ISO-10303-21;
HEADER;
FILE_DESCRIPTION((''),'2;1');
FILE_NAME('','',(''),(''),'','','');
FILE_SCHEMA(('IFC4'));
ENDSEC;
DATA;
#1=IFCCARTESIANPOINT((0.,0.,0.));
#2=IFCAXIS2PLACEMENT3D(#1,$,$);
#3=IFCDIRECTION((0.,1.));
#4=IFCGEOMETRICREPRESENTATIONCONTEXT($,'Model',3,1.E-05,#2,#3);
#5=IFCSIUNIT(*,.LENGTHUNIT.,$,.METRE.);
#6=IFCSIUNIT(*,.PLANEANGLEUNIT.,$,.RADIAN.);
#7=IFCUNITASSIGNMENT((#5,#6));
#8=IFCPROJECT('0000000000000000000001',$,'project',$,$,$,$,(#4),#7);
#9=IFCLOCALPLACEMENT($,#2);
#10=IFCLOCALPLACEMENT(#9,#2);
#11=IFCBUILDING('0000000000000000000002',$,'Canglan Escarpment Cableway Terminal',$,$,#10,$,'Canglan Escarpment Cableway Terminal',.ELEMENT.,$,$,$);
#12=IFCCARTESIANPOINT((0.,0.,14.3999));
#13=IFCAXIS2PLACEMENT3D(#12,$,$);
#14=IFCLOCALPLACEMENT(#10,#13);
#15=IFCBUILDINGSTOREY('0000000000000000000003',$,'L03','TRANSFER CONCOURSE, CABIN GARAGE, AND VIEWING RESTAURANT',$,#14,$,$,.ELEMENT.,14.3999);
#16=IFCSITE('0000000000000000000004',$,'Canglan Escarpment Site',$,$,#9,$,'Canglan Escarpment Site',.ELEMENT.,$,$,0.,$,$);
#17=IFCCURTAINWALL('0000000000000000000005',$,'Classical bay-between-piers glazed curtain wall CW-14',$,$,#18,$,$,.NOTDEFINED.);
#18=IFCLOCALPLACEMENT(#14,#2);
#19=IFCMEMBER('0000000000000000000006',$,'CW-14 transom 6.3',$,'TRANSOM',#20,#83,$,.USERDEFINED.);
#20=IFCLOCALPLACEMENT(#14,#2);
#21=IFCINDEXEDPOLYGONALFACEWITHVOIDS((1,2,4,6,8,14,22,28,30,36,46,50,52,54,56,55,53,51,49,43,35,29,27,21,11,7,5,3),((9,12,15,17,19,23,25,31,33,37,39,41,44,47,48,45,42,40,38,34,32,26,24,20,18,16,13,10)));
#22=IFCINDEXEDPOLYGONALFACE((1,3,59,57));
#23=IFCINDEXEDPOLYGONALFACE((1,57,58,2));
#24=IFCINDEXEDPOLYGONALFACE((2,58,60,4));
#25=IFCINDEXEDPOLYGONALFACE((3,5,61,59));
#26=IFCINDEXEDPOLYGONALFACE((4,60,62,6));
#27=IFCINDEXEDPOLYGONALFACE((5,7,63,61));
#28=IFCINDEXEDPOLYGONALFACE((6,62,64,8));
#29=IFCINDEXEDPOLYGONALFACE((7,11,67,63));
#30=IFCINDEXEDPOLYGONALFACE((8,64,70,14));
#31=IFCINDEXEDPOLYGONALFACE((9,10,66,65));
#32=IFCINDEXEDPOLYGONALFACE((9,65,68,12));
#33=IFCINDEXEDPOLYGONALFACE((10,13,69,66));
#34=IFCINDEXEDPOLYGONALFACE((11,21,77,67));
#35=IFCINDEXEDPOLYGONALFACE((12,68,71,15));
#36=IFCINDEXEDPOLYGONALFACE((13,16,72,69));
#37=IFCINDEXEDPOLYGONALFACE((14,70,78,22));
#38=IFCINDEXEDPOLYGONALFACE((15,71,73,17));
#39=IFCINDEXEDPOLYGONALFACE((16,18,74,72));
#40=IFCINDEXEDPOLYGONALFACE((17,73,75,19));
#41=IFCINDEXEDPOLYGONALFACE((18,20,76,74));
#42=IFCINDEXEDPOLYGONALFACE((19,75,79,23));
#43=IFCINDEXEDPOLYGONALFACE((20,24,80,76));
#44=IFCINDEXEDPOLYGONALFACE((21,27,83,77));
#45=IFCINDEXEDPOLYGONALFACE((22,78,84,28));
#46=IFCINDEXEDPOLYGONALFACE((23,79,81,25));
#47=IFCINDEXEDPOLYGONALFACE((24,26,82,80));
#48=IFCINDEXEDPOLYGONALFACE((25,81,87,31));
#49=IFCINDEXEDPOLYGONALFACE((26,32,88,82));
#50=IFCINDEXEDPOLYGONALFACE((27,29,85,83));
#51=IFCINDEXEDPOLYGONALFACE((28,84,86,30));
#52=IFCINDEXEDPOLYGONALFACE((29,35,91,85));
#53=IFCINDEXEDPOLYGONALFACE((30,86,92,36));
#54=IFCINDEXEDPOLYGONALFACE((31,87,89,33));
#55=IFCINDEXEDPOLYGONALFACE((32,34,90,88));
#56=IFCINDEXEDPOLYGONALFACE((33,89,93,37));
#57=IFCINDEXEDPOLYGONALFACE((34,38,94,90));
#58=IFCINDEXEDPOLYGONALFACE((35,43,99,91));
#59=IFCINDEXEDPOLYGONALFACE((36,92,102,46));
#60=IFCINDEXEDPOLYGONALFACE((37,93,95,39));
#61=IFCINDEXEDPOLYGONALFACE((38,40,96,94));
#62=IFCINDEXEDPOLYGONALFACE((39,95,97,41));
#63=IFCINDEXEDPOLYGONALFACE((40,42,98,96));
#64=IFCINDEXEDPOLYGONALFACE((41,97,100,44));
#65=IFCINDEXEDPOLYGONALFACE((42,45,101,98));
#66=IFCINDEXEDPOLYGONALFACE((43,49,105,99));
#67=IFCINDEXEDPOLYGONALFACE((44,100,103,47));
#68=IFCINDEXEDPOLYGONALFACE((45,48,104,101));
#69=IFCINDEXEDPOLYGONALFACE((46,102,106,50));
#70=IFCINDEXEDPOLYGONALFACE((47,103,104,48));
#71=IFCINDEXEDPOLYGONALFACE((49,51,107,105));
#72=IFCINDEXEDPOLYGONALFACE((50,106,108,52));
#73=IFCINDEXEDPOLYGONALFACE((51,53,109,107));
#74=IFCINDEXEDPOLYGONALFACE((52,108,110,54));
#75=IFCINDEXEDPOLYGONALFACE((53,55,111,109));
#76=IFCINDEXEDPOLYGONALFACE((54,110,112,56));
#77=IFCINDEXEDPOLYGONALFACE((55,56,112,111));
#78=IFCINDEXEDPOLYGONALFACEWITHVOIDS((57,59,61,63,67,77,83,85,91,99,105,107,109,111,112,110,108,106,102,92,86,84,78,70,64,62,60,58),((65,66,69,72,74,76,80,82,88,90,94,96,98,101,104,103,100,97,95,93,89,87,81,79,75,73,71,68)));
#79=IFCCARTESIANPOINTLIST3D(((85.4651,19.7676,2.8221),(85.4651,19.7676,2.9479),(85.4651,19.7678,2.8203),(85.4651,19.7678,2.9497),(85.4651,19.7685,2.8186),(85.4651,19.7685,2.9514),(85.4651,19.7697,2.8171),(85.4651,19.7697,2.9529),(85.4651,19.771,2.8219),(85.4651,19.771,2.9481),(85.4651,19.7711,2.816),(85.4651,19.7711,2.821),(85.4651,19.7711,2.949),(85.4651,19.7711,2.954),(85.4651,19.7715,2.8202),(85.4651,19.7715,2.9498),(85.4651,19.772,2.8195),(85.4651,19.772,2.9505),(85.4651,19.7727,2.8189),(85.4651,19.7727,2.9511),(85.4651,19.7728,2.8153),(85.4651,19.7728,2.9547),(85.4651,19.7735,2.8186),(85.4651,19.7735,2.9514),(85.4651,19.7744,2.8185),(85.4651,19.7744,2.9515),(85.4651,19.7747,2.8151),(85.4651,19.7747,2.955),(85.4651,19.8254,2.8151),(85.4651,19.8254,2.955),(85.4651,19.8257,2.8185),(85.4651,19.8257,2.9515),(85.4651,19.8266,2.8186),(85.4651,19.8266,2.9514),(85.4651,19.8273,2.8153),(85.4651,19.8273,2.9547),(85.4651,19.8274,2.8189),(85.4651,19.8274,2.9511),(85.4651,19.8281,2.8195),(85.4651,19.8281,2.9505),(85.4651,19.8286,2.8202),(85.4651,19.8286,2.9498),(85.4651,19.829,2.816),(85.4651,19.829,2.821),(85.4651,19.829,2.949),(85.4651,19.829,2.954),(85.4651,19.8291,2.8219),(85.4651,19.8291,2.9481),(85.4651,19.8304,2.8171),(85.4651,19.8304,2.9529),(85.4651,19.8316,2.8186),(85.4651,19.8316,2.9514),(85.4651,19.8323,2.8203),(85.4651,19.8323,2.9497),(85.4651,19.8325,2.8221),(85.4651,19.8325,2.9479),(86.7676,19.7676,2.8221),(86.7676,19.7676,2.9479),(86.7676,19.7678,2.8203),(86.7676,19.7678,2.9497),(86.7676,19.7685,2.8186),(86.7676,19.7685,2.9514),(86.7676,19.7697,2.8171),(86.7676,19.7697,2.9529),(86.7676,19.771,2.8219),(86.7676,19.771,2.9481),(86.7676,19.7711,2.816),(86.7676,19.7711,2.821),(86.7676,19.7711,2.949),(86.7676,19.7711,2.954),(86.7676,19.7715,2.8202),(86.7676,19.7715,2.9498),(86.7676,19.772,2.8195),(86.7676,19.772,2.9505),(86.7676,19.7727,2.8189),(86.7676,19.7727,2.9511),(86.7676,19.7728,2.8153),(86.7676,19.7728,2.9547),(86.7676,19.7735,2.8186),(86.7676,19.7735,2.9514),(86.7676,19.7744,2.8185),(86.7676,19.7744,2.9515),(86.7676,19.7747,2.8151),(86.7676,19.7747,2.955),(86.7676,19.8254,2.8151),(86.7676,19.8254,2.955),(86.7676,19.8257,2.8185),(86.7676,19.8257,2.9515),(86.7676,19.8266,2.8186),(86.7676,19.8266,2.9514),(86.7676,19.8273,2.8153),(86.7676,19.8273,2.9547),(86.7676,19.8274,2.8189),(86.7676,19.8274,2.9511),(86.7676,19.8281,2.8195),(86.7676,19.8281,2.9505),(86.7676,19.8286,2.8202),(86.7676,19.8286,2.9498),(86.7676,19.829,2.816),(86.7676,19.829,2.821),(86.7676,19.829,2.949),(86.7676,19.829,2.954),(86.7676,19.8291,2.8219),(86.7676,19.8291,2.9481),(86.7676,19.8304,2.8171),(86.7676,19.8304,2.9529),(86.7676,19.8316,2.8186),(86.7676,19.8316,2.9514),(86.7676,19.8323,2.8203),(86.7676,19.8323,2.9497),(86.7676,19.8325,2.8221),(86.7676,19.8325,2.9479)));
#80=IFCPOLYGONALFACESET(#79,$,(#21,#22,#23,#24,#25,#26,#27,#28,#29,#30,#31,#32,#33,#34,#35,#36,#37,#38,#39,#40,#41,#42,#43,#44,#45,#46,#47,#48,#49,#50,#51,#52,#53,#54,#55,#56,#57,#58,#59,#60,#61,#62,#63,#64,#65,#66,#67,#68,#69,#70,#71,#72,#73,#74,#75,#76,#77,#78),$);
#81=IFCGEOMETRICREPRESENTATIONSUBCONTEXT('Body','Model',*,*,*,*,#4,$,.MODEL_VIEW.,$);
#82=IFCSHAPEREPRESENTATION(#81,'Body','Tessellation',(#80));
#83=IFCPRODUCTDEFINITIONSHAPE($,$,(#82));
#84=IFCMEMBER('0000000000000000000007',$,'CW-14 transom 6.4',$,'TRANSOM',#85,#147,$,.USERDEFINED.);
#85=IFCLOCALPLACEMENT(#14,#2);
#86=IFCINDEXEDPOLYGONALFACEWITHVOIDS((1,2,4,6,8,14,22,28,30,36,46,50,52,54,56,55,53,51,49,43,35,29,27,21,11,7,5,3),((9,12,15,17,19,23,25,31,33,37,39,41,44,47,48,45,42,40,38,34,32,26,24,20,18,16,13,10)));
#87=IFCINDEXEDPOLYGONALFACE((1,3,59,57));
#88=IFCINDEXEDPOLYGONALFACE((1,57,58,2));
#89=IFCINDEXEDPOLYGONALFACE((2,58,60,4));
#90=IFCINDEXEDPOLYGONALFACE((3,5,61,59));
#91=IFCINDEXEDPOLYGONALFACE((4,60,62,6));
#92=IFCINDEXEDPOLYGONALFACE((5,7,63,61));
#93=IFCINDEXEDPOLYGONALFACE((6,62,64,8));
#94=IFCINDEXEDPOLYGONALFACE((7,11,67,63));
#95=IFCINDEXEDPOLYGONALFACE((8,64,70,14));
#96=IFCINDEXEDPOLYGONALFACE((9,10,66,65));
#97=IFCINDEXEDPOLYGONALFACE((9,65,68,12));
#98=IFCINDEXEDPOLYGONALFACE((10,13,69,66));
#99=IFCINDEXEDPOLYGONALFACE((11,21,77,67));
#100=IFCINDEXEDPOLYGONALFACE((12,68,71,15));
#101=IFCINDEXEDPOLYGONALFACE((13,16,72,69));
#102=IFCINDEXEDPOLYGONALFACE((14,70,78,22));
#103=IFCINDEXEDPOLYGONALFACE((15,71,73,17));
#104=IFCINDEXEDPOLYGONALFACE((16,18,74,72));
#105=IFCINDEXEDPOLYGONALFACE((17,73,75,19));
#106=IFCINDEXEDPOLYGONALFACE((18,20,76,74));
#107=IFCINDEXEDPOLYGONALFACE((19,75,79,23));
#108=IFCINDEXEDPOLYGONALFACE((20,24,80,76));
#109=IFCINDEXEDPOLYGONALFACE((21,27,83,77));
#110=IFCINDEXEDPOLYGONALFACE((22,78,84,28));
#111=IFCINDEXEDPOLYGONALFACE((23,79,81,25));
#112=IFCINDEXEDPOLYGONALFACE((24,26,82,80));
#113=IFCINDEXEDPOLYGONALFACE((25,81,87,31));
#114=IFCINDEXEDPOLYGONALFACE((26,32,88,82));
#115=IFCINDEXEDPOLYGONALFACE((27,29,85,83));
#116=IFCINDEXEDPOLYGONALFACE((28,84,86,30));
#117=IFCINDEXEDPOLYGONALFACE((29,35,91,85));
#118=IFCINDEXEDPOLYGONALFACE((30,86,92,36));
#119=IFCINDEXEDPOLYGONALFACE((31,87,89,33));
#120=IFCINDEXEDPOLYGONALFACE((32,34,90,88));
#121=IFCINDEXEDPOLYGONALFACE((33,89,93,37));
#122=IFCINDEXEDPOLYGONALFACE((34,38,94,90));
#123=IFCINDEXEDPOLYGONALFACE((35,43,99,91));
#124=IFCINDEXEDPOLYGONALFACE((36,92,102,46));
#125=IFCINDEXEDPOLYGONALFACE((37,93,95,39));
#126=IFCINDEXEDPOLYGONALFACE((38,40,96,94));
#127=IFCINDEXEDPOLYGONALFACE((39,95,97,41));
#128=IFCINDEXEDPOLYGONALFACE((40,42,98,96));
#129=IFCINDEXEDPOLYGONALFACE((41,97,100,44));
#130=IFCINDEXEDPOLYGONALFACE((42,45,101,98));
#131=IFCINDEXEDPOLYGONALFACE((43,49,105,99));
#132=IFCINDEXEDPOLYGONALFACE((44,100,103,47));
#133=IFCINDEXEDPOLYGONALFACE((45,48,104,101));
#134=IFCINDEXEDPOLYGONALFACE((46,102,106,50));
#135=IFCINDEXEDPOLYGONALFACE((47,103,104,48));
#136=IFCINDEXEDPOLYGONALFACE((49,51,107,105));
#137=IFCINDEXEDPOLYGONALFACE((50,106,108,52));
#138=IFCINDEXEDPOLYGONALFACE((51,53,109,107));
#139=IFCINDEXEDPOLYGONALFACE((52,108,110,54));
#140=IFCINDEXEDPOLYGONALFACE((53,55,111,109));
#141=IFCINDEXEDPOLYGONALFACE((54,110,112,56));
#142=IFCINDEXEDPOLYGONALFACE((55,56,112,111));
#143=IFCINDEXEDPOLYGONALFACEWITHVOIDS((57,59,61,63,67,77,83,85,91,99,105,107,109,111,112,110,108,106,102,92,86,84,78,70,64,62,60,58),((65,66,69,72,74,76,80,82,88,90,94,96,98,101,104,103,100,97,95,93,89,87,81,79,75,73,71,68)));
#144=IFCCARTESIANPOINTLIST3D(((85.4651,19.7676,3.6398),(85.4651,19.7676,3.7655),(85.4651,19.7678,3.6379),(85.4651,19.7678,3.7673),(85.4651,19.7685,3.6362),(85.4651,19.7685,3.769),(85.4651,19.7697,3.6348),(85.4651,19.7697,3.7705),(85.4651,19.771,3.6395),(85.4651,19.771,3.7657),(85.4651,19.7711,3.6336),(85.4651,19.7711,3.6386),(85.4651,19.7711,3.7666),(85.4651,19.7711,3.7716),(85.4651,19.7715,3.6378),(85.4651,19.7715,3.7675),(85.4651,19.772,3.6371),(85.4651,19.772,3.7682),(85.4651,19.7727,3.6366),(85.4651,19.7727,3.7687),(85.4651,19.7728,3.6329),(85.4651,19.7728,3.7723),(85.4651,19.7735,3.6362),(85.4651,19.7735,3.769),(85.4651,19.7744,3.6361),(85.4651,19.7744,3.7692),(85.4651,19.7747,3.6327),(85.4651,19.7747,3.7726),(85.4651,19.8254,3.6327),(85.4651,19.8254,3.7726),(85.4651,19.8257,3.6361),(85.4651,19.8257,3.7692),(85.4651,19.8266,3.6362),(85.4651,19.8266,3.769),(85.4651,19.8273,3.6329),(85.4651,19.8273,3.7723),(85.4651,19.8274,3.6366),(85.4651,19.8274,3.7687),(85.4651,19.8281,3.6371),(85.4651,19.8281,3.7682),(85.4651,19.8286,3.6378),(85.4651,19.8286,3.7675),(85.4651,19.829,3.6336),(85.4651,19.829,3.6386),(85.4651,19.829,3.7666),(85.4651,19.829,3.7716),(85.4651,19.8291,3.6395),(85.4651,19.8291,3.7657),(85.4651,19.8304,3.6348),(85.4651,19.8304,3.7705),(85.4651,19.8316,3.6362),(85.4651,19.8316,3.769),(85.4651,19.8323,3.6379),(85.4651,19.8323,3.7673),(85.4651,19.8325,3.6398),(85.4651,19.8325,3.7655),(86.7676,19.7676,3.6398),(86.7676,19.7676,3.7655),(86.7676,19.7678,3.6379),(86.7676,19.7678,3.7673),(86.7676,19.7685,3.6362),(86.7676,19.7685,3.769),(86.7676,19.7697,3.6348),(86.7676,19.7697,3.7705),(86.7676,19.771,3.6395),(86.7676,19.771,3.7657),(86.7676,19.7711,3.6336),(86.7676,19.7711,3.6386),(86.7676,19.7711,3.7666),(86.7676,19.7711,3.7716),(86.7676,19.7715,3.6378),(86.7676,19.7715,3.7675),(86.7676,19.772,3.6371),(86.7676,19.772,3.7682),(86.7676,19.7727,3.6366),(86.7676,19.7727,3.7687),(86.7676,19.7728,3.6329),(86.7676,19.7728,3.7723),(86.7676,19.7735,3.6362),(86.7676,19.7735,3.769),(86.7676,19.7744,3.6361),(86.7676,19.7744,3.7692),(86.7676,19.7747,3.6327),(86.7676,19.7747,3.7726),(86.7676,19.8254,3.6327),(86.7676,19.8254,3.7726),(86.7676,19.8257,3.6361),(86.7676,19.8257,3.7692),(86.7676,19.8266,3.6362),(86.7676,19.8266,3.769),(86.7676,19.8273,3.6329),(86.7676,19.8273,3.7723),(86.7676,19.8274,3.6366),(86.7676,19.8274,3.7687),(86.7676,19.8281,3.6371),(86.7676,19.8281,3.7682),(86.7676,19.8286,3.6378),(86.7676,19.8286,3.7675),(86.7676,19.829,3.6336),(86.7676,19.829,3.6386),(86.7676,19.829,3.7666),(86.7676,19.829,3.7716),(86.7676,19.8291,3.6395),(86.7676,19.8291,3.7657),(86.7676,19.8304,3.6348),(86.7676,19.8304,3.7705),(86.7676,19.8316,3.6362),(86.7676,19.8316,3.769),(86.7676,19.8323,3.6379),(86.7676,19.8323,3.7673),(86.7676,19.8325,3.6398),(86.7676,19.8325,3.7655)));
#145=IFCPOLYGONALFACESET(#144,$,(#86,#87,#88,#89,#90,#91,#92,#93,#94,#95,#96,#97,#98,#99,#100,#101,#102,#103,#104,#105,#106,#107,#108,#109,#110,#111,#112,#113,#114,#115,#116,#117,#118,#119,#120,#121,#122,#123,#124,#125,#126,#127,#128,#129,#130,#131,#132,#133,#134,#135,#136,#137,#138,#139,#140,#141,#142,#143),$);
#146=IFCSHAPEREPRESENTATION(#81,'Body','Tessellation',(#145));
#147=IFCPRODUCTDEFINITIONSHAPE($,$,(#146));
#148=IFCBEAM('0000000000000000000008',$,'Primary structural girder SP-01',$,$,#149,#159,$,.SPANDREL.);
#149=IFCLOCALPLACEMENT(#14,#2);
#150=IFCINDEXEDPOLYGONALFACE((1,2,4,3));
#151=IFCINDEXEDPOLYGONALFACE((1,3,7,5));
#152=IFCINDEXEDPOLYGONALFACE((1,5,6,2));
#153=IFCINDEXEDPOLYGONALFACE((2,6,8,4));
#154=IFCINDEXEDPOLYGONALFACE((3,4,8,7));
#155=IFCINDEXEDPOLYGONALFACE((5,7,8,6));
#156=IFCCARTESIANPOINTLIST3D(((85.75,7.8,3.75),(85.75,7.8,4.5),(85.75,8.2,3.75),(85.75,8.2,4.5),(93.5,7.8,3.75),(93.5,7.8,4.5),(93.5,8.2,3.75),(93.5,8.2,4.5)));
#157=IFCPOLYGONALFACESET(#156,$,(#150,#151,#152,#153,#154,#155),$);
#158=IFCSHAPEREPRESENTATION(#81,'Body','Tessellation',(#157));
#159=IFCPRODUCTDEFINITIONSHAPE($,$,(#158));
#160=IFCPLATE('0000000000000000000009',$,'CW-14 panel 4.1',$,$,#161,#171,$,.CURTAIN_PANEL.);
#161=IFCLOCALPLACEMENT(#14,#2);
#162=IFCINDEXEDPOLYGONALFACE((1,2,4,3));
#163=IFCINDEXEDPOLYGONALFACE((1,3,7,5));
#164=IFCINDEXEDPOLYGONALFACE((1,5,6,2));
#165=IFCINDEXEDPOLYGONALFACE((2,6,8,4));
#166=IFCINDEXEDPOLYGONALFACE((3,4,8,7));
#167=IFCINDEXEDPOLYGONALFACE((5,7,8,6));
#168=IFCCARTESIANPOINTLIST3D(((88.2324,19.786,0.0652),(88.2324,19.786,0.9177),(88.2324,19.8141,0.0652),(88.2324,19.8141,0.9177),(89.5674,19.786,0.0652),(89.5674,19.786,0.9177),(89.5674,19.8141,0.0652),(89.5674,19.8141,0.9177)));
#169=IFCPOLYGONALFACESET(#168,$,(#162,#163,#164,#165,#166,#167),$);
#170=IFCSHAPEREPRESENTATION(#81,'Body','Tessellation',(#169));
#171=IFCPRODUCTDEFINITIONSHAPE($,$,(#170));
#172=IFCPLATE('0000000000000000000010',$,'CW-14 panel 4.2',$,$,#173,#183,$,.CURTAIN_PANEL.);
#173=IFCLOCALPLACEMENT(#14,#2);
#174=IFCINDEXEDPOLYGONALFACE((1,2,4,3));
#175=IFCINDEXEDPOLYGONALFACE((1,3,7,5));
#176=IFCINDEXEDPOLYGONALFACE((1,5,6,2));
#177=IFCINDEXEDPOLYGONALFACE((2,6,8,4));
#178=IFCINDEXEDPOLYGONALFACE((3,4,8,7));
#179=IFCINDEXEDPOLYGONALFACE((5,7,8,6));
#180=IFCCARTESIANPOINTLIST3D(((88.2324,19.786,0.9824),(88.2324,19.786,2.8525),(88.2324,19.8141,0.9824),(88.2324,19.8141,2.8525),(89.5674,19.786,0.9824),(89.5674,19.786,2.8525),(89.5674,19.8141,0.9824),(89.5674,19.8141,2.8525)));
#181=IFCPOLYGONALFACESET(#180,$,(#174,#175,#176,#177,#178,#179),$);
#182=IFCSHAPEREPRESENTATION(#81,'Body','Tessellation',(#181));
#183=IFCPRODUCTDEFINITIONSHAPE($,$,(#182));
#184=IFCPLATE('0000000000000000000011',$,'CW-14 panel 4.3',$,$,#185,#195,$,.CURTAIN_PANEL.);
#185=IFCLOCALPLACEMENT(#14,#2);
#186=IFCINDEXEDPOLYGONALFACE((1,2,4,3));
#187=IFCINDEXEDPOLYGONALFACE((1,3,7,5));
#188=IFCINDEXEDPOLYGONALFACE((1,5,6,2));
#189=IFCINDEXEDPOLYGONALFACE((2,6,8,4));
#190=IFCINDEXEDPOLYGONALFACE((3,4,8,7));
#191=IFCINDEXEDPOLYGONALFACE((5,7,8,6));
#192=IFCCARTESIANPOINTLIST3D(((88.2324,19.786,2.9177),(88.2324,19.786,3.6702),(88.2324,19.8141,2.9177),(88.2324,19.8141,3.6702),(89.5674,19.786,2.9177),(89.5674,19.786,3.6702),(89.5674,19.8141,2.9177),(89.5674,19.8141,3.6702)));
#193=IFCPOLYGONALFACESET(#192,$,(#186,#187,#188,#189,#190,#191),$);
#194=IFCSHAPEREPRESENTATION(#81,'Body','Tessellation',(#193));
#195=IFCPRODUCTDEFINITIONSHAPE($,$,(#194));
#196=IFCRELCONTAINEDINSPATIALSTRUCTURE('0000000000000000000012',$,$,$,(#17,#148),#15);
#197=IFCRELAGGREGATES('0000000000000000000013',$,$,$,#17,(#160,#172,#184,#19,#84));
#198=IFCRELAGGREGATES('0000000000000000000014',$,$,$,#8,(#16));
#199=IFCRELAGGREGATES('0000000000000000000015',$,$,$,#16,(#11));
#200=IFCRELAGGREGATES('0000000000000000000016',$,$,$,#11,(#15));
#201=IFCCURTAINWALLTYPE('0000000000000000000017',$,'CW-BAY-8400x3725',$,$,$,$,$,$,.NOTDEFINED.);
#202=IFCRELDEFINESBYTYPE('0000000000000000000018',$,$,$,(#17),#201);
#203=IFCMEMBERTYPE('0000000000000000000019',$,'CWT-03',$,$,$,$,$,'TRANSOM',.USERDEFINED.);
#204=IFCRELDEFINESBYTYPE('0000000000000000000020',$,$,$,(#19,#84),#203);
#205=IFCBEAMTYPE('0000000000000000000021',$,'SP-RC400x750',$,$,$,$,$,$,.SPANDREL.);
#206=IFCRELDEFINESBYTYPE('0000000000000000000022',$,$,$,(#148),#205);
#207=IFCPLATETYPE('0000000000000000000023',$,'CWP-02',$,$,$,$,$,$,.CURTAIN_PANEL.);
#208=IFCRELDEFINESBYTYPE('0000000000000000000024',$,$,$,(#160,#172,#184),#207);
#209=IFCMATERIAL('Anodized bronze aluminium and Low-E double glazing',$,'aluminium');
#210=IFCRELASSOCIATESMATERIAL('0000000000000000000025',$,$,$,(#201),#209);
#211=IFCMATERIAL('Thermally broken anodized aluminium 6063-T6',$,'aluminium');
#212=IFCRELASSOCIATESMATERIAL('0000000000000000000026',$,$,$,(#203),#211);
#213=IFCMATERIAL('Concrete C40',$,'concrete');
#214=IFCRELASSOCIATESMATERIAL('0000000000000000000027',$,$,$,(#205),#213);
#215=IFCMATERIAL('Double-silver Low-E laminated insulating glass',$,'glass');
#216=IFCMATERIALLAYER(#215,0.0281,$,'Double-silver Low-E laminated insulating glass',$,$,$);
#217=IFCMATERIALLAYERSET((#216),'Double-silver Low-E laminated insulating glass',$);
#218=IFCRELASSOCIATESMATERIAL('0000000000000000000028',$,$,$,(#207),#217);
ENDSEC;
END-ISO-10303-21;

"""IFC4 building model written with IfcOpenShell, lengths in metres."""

from ifc_helpers import new_model, si_unit, direction, frame, origin, origin_2d, place, context, subcontext, project, spatial, rectangle, hollow_rectangle, extrude, material, layer, layer_set, material_profile, profile_set, type_object, element, aggregate, save


model = new_model("IFC4")

# Units and contexts
model_context = context("Model", 3, precision=1e-05, world=origin(), true_north=direction((0.0, 1.0)))
body_context = subcontext(model_context, "Body", "Model", "MODEL_VIEW")
ifc_project = project(units=[si_unit("LENGTHUNIT", "METRE"), si_unit("PLANEANGLEUNIT", "RADIAN")], contexts=[model_context])

# Site, building, storey
site_placement = place(None, origin())
site = spatial("IfcSite", under=ifc_project, at=site_placement, Name="Canglan Escarpment Site", LongName="Canglan Escarpment Site", CompositionType="ELEMENT", RefElevation=0.0)
building_placement = place(site_placement, origin())
building = spatial("IfcBuilding", under=site, at=building_placement, Name="Canglan Escarpment Cableway Terminal", LongName="Canglan Escarpment Cableway Terminal", CompositionType="ELEMENT")
storey_placement = place(building_placement, frame((0.0, 0.0, 14.3999)))
storey = spatial("IfcBuildingStorey", under=building, at=storey_placement, Name="L03", Description="TRANSFER CONCOURSE, CABIN GARAGE, AND VIEWING RESTAURANT", CompositionType="ELEMENT", Elevation=14.3999)

# Shared definitions
ifc_material_1 = material(Name="Concrete C40", Category="concrete")

# Curtain wall, members
ifc_material_2 = material(Name="Anodized bronze aluminium and Low-E double glazing", Category="aluminium")
curtain_wall_type = type_object("IfcCurtainWallType", Name="CW-BAY-8400x3725", PredefinedType="NOTDEFINED", material=ifc_material_2)
curtain_wall_placement = place(storey_placement, origin())
curtain_wall = element("IfcCurtainWall", 1, at=curtain_wall_placement, inside=storey, type_object=curtain_wall_type, Name="Classical bay-between-piers glazed curtain wall CW-14", PredefinedType="NOTDEFINED")
ifc_material_3 = material(Name="Thermally broken anodized aluminium 6063-T6", Category="aluminium")
ifc_material_profile_1 = material_profile(ifc_material_3, hollow_rectangle(XDim=0.0649, YDim=0.1399, WallThickness=0.0034, InnerFilletRadius=0.0034, OuterFilletRadius=0.0071, at=origin_2d()), Name="ALU-TRAN 65x140x3.5")
ifc_profile_set_1 = profile_set([ifc_material_profile_1], Name="Thermally broken anodized aluminium 6063-T6")
member_type_1 = type_object("IfcMemberType", Name="CWT-03", ElementType="TRANSOM", PredefinedType="USERDEFINED", material=ifc_profile_set_1)
member_1_placement = place(storey_placement, frame((86.7676, 19.8, 2.885), z_axis=(-1.0, 0.0, 0.0), x_axis=(0.0, -1.0, 0.0)))
member_1 = element("IfcMember", 2, at=member_1_placement, type_object=member_type_1, Name="CW-14 transom 6.3", ObjectType="TRANSOM", PredefinedType="USERDEFINED", context=body_context, shape_type="SweptSolid", body=[
    extrude(hollow_rectangle(XDim=0.0649, YDim=0.1399, WallThickness=0.0034, InnerFilletRadius=0.0034, OuterFilletRadius=0.0071, at=origin_2d()), origin(), (0.0, 0.0, 1.0), 1.3025),
])
member_2_placement = place(storey_placement, frame((86.7676, 19.8, 3.7026), z_axis=(-1.0, 0.0, 0.0), x_axis=(0.0, -1.0, 0.0)))
member_2 = element("IfcMember", 3, at=member_2_placement, type_object=member_type_1, Name="CW-14 transom 6.4", ObjectType="TRANSOM", PredefinedType="USERDEFINED", context=body_context, shape_type="SweptSolid", body=[
    extrude(hollow_rectangle(XDim=0.0649, YDim=0.1399, WallThickness=0.0034, InnerFilletRadius=0.0034, OuterFilletRadius=0.0071, at=origin_2d()), origin(), (0.0, 0.0, 1.0), 1.3025),
])

# Beam
ifc_material_profile_2 = material_profile(ifc_material_1, rectangle(XDim=0.3999, YDim=0.75, at=origin_2d()), Name="RC 400x750")
ifc_profile_set_2 = profile_set([ifc_material_profile_2], Name="Concrete C40")
beam_type_1 = type_object("IfcBeamType", Name="SP-RC400x750", PredefinedType="SPANDREL", material=ifc_profile_set_2)
beam_1_placement = place(storey_placement, frame((85.75, 8.0, 4.125), z_axis=(1.0, 0.0, 0.0), x_axis=(0.0, 1.0, 0.0)))
element("IfcBeam", 4, at=beam_1_placement, inside=storey, type_object=beam_type_1, Name="Primary structural girder SP-01", PredefinedType="SPANDREL", context=body_context, shape_type="SweptSolid", body=[
    extrude(rectangle(XDim=0.3999, YDim=0.75, at=origin_2d()), origin(), (0.0, 0.0, 1.0), 7.75),
])

# Plates
ifc_material_4 = material(Name="Double-silver Low-E laminated insulating glass", Category="glass")
ifc_layer_1 = layer(ifc_material_4, 0.0281, Name="Double-silver Low-E laminated insulating glass")
ifc_layer_set_1 = layer_set([ifc_layer_1], Name="Double-silver Low-E laminated insulating glass")
plate_type = type_object("IfcPlateType", Name="CWP-02", PredefinedType="CURTAIN_PANEL", material=ifc_layer_set_1)
plate_1_placement = place(storey_placement, frame((88.8999, 19.8, 0.0652), z_axis=(0.0, 0.0, 1.0), x_axis=(-1.0, 0.0, 0.0)))
plate_1 = element("IfcPlate", 5, at=plate_1_placement, type_object=plate_type, Name="CW-14 panel 4.1", PredefinedType="CURTAIN_PANEL", context=body_context, shape_type="SweptSolid", body=[
    extrude(rectangle(XDim=1.335, YDim=0.0281, at=origin_2d()), origin(), (0.0, 0.0, 1.0), 0.8525),
])
plate_2_placement = place(storey_placement, frame((88.8999, 19.8, 0.9824), z_axis=(0.0, 0.0, 1.0), x_axis=(-1.0, 0.0, 0.0)))
plate_2 = element("IfcPlate", 6, at=plate_2_placement, type_object=plate_type, Name="CW-14 panel 4.2", PredefinedType="CURTAIN_PANEL", context=body_context, shape_type="SweptSolid", body=[
    extrude(rectangle(XDim=1.335, YDim=0.0281, at=origin_2d()), origin(), (0.0, 0.0, 1.0), 1.8701),
])
plate_3_placement = place(storey_placement, frame((88.8999, 19.8, 2.9177), z_axis=(0.0, 0.0, 1.0), x_axis=(-1.0, 0.0, 0.0)))
plate_3 = element("IfcPlate", 7, at=plate_3_placement, type_object=plate_type, Name="CW-14 panel 4.3", PredefinedType="CURTAIN_PANEL", context=body_context, shape_type="SweptSolid", body=[
    extrude(rectangle(XDim=1.335, YDim=0.0281, at=origin_2d()), origin(), (0.0, 0.0, 1.0), 0.7524),
])
aggregate(curtain_wall, [plate_1, plate_2, plate_3, member_1, member_2])

save(model, "model.ifc")
